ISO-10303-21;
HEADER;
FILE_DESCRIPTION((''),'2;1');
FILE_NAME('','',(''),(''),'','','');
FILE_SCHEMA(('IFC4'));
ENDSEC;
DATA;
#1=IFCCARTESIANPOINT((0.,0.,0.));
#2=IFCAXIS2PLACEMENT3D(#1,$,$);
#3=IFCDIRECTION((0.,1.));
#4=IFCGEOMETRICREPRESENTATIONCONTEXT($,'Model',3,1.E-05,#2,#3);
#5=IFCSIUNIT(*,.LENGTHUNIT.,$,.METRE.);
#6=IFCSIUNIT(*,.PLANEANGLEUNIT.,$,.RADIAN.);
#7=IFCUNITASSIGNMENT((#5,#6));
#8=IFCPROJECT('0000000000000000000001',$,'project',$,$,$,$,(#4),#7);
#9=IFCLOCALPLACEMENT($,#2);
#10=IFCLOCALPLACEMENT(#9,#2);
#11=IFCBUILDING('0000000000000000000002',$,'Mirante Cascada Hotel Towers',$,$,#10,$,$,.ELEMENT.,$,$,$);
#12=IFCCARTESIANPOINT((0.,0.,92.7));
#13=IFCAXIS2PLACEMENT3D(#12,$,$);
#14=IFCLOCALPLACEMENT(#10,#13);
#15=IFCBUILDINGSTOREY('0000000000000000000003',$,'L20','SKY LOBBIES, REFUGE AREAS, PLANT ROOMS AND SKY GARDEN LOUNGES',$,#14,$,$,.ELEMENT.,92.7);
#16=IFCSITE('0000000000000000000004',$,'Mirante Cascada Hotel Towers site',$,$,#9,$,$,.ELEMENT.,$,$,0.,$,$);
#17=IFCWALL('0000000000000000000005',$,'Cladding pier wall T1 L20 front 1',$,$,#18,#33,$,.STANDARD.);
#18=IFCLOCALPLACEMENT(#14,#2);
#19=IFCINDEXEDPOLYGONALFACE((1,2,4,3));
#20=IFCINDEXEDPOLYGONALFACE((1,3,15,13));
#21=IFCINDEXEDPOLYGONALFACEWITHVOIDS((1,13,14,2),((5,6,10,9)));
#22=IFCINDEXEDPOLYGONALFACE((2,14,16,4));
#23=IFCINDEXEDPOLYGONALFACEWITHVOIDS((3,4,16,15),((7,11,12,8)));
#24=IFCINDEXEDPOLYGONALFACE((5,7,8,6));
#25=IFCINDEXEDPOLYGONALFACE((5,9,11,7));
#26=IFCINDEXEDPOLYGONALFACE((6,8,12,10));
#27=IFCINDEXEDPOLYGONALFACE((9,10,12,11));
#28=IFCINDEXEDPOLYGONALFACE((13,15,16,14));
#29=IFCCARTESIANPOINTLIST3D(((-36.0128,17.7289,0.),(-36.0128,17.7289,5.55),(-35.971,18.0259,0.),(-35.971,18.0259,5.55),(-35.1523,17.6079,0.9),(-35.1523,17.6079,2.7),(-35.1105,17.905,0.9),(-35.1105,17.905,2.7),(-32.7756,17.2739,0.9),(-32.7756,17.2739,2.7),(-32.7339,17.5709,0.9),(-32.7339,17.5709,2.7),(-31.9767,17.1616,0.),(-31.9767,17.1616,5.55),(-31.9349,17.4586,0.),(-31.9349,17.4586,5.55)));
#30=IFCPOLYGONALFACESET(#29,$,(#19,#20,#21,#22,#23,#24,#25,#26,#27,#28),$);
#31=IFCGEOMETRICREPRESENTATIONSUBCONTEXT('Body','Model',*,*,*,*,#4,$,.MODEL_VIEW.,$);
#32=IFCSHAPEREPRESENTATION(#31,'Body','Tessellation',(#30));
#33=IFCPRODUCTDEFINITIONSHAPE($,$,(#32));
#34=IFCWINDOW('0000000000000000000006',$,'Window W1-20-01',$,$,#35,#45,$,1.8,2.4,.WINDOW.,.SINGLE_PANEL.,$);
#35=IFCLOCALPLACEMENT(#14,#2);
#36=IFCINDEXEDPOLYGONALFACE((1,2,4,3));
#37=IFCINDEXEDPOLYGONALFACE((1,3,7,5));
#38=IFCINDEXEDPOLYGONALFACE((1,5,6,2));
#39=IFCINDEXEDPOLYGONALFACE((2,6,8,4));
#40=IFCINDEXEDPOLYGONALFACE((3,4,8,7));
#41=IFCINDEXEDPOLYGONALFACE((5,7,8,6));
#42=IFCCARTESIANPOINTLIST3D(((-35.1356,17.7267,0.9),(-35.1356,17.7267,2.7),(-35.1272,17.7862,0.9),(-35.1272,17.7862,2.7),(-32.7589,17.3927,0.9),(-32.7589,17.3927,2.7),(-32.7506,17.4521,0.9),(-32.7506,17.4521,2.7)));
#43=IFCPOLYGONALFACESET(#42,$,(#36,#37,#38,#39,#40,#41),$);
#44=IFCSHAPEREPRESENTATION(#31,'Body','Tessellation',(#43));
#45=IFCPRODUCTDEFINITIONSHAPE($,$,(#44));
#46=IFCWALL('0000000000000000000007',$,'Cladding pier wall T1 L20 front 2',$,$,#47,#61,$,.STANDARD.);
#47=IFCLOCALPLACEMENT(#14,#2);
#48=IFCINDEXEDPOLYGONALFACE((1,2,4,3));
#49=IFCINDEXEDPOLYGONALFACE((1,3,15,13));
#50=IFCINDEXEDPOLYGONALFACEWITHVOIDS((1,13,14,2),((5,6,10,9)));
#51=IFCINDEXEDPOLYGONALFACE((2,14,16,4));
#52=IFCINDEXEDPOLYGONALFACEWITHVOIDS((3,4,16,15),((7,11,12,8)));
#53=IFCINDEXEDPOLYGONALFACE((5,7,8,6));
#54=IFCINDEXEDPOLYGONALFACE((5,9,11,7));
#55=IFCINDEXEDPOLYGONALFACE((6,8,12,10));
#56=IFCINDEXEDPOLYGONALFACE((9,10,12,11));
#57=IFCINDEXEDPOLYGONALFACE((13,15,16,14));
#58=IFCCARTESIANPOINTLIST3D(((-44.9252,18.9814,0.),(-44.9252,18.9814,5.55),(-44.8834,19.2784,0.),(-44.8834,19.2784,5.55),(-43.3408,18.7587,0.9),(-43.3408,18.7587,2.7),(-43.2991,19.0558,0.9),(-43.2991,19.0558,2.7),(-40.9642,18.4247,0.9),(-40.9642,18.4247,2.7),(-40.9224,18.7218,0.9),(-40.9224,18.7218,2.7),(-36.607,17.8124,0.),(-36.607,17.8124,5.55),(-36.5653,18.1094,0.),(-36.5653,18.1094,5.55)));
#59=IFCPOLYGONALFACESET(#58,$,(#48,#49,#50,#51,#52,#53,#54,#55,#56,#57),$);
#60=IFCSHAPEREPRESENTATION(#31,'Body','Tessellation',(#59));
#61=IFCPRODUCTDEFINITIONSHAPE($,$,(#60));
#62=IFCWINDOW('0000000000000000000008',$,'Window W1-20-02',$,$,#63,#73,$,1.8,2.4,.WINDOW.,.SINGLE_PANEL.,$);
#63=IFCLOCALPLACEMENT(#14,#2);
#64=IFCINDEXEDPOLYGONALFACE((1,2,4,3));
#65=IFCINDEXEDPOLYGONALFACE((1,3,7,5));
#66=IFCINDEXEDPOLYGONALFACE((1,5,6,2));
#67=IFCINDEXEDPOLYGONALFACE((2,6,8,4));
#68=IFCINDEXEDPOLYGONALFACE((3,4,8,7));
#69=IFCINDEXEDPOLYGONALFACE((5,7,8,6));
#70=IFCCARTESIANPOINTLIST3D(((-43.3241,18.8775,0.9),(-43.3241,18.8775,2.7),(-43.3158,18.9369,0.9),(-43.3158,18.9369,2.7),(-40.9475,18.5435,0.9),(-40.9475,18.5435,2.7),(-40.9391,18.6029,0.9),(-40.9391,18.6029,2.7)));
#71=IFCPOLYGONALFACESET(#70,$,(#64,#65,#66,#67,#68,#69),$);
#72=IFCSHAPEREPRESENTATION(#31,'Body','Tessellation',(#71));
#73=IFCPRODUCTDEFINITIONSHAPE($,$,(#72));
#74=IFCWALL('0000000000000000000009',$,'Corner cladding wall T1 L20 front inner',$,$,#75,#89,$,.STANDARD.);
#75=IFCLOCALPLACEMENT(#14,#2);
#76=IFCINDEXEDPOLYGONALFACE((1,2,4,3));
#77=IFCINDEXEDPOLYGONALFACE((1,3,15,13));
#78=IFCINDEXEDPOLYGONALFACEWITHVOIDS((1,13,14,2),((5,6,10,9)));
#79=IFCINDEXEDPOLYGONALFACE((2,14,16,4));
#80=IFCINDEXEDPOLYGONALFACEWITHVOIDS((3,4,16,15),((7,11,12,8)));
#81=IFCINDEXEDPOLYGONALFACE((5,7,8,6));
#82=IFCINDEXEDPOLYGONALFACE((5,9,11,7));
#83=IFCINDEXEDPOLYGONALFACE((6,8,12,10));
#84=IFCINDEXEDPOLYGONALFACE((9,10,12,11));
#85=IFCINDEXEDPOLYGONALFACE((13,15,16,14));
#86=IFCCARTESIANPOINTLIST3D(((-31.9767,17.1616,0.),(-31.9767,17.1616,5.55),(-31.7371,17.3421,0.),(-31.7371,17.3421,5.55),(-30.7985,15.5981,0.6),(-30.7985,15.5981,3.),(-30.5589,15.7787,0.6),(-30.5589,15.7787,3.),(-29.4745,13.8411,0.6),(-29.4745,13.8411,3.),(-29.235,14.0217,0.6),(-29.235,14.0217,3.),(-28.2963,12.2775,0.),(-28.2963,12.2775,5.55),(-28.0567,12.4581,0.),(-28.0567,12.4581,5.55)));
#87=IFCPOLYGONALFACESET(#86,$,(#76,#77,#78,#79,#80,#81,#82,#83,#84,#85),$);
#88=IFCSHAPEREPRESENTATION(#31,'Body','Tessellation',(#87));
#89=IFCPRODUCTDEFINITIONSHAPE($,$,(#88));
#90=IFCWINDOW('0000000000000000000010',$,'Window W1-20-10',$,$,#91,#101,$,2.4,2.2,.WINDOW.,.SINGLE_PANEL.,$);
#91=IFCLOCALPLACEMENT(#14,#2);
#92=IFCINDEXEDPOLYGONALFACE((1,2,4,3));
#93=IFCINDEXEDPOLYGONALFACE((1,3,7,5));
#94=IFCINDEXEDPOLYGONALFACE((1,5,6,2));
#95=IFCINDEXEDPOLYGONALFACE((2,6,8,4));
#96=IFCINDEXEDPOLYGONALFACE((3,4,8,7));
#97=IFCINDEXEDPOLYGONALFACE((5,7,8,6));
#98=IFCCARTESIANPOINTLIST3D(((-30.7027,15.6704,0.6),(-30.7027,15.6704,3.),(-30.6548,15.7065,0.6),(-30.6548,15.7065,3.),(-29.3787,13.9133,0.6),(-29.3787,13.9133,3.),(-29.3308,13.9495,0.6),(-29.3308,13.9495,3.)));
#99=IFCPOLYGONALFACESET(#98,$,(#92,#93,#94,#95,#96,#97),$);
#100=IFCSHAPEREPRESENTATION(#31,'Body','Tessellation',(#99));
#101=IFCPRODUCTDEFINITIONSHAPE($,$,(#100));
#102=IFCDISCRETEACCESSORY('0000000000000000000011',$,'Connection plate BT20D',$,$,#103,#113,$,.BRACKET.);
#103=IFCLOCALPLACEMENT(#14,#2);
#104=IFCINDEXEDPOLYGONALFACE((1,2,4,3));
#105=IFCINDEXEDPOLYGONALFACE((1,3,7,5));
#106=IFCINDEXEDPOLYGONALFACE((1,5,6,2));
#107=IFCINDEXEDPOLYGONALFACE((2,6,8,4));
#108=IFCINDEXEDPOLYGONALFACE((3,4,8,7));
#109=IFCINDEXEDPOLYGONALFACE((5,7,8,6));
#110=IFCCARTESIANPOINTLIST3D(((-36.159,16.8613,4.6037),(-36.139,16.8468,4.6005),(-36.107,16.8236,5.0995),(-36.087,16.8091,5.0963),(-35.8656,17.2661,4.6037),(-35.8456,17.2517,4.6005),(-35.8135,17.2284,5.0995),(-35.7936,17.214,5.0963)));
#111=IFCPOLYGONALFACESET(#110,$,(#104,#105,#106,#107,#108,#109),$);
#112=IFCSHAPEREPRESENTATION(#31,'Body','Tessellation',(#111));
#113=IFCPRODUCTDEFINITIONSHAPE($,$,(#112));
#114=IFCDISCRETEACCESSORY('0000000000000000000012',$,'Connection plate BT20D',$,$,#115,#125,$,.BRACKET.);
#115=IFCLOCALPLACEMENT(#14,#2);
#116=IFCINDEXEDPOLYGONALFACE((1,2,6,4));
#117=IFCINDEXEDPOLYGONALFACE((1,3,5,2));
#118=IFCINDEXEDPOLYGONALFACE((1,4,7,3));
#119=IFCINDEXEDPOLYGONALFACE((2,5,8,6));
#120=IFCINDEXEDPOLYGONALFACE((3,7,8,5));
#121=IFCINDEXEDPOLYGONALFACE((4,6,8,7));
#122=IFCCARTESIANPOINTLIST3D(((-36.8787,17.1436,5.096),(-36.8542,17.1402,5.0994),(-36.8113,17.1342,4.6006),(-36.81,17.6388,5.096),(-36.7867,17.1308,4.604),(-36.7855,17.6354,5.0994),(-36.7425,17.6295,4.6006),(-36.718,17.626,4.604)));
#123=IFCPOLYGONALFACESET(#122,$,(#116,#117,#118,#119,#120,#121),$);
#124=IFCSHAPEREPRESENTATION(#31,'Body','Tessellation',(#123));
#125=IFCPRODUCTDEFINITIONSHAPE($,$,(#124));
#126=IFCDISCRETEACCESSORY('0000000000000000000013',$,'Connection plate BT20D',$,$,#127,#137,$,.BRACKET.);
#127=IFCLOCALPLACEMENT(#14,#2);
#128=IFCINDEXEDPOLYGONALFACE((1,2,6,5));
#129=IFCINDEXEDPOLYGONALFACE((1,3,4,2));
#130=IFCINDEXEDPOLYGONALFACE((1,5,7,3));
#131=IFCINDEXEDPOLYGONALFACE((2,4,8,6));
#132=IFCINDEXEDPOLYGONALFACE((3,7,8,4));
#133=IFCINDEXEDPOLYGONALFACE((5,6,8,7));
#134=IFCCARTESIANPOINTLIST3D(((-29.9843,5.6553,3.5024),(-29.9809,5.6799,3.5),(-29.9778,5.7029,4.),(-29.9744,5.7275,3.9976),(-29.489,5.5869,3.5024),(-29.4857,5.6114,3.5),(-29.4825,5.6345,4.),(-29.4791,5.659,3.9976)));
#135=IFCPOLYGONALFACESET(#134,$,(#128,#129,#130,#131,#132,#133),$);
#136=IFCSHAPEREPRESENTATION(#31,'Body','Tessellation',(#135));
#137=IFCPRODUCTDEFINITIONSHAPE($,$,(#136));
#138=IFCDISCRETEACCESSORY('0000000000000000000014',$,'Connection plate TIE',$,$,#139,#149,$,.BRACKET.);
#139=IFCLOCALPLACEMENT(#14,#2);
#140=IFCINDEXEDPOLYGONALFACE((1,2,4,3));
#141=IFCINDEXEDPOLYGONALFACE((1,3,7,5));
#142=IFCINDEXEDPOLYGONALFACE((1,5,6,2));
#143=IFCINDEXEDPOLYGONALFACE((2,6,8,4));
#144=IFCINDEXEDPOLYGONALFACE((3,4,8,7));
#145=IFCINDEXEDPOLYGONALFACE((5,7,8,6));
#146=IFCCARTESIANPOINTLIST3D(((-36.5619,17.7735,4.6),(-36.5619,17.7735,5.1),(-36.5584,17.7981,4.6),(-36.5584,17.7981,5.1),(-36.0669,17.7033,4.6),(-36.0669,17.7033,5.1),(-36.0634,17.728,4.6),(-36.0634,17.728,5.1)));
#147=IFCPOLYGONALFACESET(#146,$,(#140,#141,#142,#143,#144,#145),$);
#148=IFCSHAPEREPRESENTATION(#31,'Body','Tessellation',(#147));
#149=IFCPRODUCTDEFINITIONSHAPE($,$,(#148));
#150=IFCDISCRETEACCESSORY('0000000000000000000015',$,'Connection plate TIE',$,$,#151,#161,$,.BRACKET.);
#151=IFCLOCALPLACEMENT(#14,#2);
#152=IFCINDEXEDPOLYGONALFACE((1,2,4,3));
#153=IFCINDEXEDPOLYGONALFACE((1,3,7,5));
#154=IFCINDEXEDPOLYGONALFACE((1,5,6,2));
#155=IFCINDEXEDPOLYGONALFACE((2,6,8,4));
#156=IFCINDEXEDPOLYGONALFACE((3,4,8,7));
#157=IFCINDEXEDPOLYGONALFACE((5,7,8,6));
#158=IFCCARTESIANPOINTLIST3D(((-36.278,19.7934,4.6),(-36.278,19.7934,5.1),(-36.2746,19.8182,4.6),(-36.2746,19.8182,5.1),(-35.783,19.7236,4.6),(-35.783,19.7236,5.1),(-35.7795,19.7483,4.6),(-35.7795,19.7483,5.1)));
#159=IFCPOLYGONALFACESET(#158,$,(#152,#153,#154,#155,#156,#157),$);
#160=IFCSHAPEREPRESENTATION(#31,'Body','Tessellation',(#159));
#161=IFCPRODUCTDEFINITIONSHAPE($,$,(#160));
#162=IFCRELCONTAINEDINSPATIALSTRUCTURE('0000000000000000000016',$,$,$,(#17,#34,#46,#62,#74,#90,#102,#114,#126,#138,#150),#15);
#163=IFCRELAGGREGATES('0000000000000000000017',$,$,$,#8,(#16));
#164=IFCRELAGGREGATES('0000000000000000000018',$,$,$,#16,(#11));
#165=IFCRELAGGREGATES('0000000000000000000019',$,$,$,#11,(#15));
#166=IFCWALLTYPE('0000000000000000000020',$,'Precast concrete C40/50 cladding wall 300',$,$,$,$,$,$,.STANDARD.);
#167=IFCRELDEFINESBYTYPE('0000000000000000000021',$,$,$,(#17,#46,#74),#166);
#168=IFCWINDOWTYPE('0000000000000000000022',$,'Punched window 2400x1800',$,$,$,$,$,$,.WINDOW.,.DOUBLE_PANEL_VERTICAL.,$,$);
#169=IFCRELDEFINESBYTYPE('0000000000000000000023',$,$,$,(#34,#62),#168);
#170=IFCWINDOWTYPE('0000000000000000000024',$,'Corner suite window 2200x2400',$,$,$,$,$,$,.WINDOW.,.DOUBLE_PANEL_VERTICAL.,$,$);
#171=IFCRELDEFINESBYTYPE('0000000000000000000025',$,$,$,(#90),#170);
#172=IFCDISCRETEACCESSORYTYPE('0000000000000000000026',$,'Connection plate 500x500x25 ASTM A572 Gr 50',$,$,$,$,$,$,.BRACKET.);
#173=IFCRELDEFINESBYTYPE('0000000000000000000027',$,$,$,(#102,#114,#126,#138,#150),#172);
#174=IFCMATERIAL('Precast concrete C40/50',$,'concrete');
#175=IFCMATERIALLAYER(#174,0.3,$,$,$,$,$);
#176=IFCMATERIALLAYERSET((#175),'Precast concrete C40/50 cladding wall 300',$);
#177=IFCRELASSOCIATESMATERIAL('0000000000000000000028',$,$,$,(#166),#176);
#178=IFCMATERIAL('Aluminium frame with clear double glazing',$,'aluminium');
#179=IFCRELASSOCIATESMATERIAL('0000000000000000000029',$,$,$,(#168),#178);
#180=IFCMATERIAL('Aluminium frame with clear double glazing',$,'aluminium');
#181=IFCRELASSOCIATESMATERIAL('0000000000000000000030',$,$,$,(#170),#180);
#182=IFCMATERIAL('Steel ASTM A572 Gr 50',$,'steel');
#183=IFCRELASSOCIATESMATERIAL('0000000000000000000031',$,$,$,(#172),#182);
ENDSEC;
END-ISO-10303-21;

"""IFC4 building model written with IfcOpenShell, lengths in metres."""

from ifc_helpers import new_model, si_unit, direction, frame, frame_2d, origin, origin_2d, place, context, subcontext, project, spatial, rectangle, extrude, material, layer, layer_set, material_profile, profile_set, type_object, element, fill, save


model = new_model("IFC4")

# Units and contexts
model_context = context("Model", 3, precision=1e-05, world=origin(), true_north=direction((0.0, 1.0)))
body_context = subcontext(model_context, "Body", "Model", "MODEL_VIEW")
ifc_project = project(units=[si_unit("LENGTHUNIT", "METRE"), si_unit("PLANEANGLEUNIT", "RADIAN")], contexts=[model_context])

# Site, building, storey
site_placement = place(None, origin())
site = spatial("IfcSite", under=ifc_project, at=site_placement, Name="Mirante Cascada Hotel Towers site", CompositionType="ELEMENT", RefElevation=0.0)
building_placement = place(site_placement, origin())
building = spatial("IfcBuilding", under=site, at=building_placement, Name="Mirante Cascada Hotel Towers", CompositionType="ELEMENT")
storey_placement = place(building_placement, frame((0.0, 0.0, 92.7)))
storey = spatial("IfcBuildingStorey", under=building, at=storey_placement, Name="L20", Description="SKY LOBBIES, REFUGE AREAS, PLANT ROOMS AND SKY GARDEN LOUNGES", CompositionType="ELEMENT", Elevation=92.7)

# Walls, openings, windows
ifc_material_1 = material(Name="Precast concrete C40/50", Category="concrete")
ifc_layer_1 = layer(ifc_material_1, 0.3)
ifc_layer_set_1 = layer_set([ifc_layer_1], Name="Precast concrete C40/50 cladding wall 300")
wall_type = type_object("IfcWallType", Name="Precast concrete C40/50 cladding wall 300", PredefinedType="STANDARD", material=ifc_layer_set_1)
wall_1_placement = place(storey_placement, frame((-31.9558, 17.3101, 0.0), z_axis=(0.0, 0.0, 1.0), x_axis=(-0.990266, 0.139188, 0.0)))
wall_1 = element("IfcWall", 1, at=wall_1_placement, inside=storey, type_object=wall_type, Name="Cladding pier wall T1 L20 front 1", PredefinedType="STANDARD", context=body_context, shape_type="SweptSolid", body=[
    extrude(rectangle(XDim=4.0758, YDim=0.3, at=frame_2d((2.0379, 0.0))), origin(), (0.0, 0.0, 1.0), 5.55),
])
opening_1_placement = place(wall_1_placement, frame((0.8068, 0.0, 0.9)))
opening_1 = element("IfcOpeningElement", 2, at=opening_1_placement, cuts=wall_1, PredefinedType="OPENING", context=body_context, shape_type="SweptSolid", body=[
    extrude(rectangle(XDim=2.4, YDim=1.8, at=frame_2d((1.2, 0.9))), frame((0.0, 0.15, 0.0), z_axis=(0.0, -1.0, 0.0), x_axis=(1.0, 0.0, 0.0)), (0.0, 0.0, 1.0), 0.3),
])
ifc_material_2 = material(Name="Aluminium frame with clear double glazing", Category="aluminium")
window_type_1 = type_object("IfcWindowType", Name="Punched window 2400x1800", PartitioningType="DOUBLE_PANEL_VERTICAL", PredefinedType="WINDOW", material=ifc_material_2)
window_1_placement = place(opening_1_placement, origin())
window_1 = element("IfcWindow", 3, at=window_1_placement, inside=storey, type_object=window_type_1, Name="Window W1-20-01", OverallHeight=1.8, OverallWidth=2.4, PartitioningType="SINGLE_PANEL", PredefinedType="WINDOW", context=body_context, shape_type="SweptSolid", body=[
    extrude(rectangle(XDim=2.4, YDim=1.8, at=frame_2d((1.2, 0.9))), frame((0.0, 0.03, 0.0), z_axis=(0.0, -1.0, 0.0), x_axis=(1.0, 0.0, 0.0)), (0.0, 0.0, 1.0), 0.06),
])
fill(opening_1, window_1)
wall_2_placement = place(storey_placement, frame((-36.5861, 17.9609, 0.0), z_axis=(0.0, 0.0, 1.0), x_axis=(-0.990269, 0.139168, 0.0)))
wall_2 = element("IfcWall", 4, at=wall_2_placement, inside=storey, type_object=wall_type, Name="Cladding pier wall T1 L20 front 2", PredefinedType="STANDARD", context=body_context, shape_type="SweptSolid", body=[
    extrude(rectangle(XDim=8.3999, YDim=0.3, at=frame_2d((4.2, 0.0))), origin(), (0.0, 0.0, 1.0), 5.55),
])
opening_2_placement = place(wall_2_placement, frame((4.4, 0.0, 0.9)))
opening_2 = element("IfcOpeningElement", 5, at=opening_2_placement, cuts=wall_2, PredefinedType="OPENING", context=body_context, shape_type="SweptSolid", body=[
    extrude(rectangle(XDim=2.4, YDim=1.8, at=frame_2d((1.2, 0.9))), frame((0.0, 0.15, 0.0), z_axis=(0.0, -1.0, 0.0), x_axis=(1.0, 0.0, 0.0)), (0.0, 0.0, 1.0), 0.3),
])
window_2_placement = place(opening_2_placement, origin())
window_2 = element("IfcWindow", 6, at=window_2_placement, inside=storey, type_object=window_type_1, Name="Window W1-20-02", OverallHeight=1.8, OverallWidth=2.4, PartitioningType="SINGLE_PANEL", PredefinedType="WINDOW", context=body_context, shape_type="SweptSolid", body=[
    extrude(rectangle(XDim=2.4, YDim=1.8, at=frame_2d((1.2, 0.9))), frame((0.0, 0.03, 0.0), z_axis=(0.0, -1.0, 0.0), x_axis=(1.0, 0.0, 0.0)), (0.0, 0.0, 1.0), 0.06),
])
fill(opening_2, window_2)
wall_3_placement = place(storey_placement, frame((-31.8569, 17.2519, 0.0), z_axis=(0.0, 0.0, 1.0), x_axis=(0.601812, -0.798638, 0.0)))
wall_3 = element("IfcWall", 7, at=wall_3_placement, inside=storey, type_object=wall_type, Name="Corner cladding wall T1 L20 front inner", PredefinedType="STANDARD", context=body_context, shape_type="SweptSolid", body=[
    extrude(rectangle(XDim=6.1155, YDim=0.3, at=frame_2d((3.0578, 0.0))), origin(), (0.0, 0.0, 1.0), 5.55),
])
opening_3_placement = place(wall_3_placement, frame((1.9577, 0.0, 0.6)))
opening_3 = element("IfcOpeningElement", 8, at=opening_3_placement, cuts=wall_3, PredefinedType="OPENING", context=body_context, shape_type="SweptSolid", body=[
    extrude(rectangle(XDim=2.2, YDim=2.4, at=frame_2d((1.1, 1.2))), frame((0.0, 0.15, 0.0), z_axis=(0.0, -1.0, 0.0), x_axis=(1.0, 0.0, 0.0)), (0.0, 0.0, 1.0), 0.3),
])
ifc_material_3 = material(Name="Aluminium frame with clear double glazing", Category="aluminium")
window_type_2 = type_object("IfcWindowType", Name="Corner suite window 2200x2400", PartitioningType="DOUBLE_PANEL_VERTICAL", PredefinedType="WINDOW", material=ifc_material_3)
window_3_placement = place(opening_3_placement, origin())
window_3 = element("IfcWindow", 9, at=window_3_placement, inside=storey, type_object=window_type_2, Name="Window W1-20-10", OverallHeight=2.4, OverallWidth=2.2, PartitioningType="SINGLE_PANEL", PredefinedType="WINDOW", context=body_context, shape_type="SweptSolid", body=[
    extrude(rectangle(XDim=2.2, YDim=2.4, at=frame_2d((1.1, 1.2))), frame((0.0, 0.03, 0.0), z_axis=(0.0, -1.0, 0.0), x_axis=(1.0, 0.0, 0.0)), (0.0, 0.0, 1.0), 0.06),
])
fill(opening_3, window_3)

# Discrete accessories
ifc_material_4 = material(Name="Steel ASTM A572 Gr 50", Category="steel")
ifc_material_profile_1 = material_profile(ifc_material_4, rectangle(XDim=0.5, YDim=0.5, at=origin_2d()), Name="Connection plate 500x500x25 ASTM A572 Gr 50")
ifc_profile_set_1 = profile_set([ifc_material_profile_1], Name="Steel ASTM A572 Gr 50")
discrete_accessory_type = type_object("IfcDiscreteAccessoryType", Name="Connection plate 500x500x25 ASTM A572 Gr 50", PredefinedType="BRACKET", material=ifc_profile_set_1)
discrete_accessory_1_placement = place(storey_placement, frame((-35.9663, 17.0304, 4.8484), z_axis=(-0.802902, 0.582104, 0.128464), x_axis=(-0.586968, -0.80961, 0.0)))
element("IfcDiscreteAccessory", 10, at=discrete_accessory_1_placement, inside=storey, type_object=discrete_accessory_type, Name="Connection plate BT20D", PredefinedType="BRACKET", context=body_context, shape_type="SweptSolid", body=[
    extrude(rectangle(XDim=0.5, YDim=0.5, at=origin_2d()), origin(), (0.0, 0.0, 1.0), 0.0249),
])
discrete_accessory_2_placement = place(storey_placement, frame((-36.7861, 17.3831, 4.8517), z_axis=(-0.98128, 0.136178, -0.136178), x_axis=(-0.137458, -0.990508, 0.0)))
element("IfcDiscreteAccessory", 11, at=discrete_accessory_2_placement, inside=storey, type_object=discrete_accessory_type, Name="Connection plate BT20D", PredefinedType="BRACKET", context=body_context, shape_type="SweptSolid", body=[
    extrude(rectangle(XDim=0.5, YDim=0.5, at=origin_2d()), origin(), (0.0, 0.0, 1.0), 0.025),
])
for number, where, z_axis, x_axis, name in (
    (12, (-29.7334, 5.6449, 3.7512), (0.136275, 0.98599, -0.096194), (-0.990583, 0.13691, 0.0), "Connection plate BT20D"),
    (13, (-36.3144, 17.7384, 4.85), (0.140299, 0.990109, 0.0), (-0.990109, 0.140299, 0.0), "Connection plate TIE"),
):
    element("IfcDiscreteAccessory", number, at=place(storey_placement, frame(where, z_axis=z_axis, x_axis=x_axis)), inside=storey, type_object=discrete_accessory_type, Name=name, PredefinedType="BRACKET", context=body_context, shape_type="SweptSolid", body=[
        extrude(rectangle(XDim=0.5, YDim=0.5, at=origin_2d()), origin(), (0.0, 0.0, 1.0), 0.0249),
    ])
discrete_accessory_3_placement = place(storey_placement, frame((-36.0305, 19.7585, 4.85), z_axis=(0.139744, 0.990188, 0.0), x_axis=(-0.990188, 0.139744, 0.0)))
element("IfcDiscreteAccessory", 14, at=discrete_accessory_3_placement, inside=storey, type_object=discrete_accessory_type, Name="Connection plate TIE", PredefinedType="BRACKET", context=body_context, shape_type="SweptSolid", body=[
    extrude(rectangle(XDim=0.5, YDim=0.5, at=origin_2d()), origin(), (0.0, 0.0, 1.0), 0.025),
])

save(model, "model.ifc")
